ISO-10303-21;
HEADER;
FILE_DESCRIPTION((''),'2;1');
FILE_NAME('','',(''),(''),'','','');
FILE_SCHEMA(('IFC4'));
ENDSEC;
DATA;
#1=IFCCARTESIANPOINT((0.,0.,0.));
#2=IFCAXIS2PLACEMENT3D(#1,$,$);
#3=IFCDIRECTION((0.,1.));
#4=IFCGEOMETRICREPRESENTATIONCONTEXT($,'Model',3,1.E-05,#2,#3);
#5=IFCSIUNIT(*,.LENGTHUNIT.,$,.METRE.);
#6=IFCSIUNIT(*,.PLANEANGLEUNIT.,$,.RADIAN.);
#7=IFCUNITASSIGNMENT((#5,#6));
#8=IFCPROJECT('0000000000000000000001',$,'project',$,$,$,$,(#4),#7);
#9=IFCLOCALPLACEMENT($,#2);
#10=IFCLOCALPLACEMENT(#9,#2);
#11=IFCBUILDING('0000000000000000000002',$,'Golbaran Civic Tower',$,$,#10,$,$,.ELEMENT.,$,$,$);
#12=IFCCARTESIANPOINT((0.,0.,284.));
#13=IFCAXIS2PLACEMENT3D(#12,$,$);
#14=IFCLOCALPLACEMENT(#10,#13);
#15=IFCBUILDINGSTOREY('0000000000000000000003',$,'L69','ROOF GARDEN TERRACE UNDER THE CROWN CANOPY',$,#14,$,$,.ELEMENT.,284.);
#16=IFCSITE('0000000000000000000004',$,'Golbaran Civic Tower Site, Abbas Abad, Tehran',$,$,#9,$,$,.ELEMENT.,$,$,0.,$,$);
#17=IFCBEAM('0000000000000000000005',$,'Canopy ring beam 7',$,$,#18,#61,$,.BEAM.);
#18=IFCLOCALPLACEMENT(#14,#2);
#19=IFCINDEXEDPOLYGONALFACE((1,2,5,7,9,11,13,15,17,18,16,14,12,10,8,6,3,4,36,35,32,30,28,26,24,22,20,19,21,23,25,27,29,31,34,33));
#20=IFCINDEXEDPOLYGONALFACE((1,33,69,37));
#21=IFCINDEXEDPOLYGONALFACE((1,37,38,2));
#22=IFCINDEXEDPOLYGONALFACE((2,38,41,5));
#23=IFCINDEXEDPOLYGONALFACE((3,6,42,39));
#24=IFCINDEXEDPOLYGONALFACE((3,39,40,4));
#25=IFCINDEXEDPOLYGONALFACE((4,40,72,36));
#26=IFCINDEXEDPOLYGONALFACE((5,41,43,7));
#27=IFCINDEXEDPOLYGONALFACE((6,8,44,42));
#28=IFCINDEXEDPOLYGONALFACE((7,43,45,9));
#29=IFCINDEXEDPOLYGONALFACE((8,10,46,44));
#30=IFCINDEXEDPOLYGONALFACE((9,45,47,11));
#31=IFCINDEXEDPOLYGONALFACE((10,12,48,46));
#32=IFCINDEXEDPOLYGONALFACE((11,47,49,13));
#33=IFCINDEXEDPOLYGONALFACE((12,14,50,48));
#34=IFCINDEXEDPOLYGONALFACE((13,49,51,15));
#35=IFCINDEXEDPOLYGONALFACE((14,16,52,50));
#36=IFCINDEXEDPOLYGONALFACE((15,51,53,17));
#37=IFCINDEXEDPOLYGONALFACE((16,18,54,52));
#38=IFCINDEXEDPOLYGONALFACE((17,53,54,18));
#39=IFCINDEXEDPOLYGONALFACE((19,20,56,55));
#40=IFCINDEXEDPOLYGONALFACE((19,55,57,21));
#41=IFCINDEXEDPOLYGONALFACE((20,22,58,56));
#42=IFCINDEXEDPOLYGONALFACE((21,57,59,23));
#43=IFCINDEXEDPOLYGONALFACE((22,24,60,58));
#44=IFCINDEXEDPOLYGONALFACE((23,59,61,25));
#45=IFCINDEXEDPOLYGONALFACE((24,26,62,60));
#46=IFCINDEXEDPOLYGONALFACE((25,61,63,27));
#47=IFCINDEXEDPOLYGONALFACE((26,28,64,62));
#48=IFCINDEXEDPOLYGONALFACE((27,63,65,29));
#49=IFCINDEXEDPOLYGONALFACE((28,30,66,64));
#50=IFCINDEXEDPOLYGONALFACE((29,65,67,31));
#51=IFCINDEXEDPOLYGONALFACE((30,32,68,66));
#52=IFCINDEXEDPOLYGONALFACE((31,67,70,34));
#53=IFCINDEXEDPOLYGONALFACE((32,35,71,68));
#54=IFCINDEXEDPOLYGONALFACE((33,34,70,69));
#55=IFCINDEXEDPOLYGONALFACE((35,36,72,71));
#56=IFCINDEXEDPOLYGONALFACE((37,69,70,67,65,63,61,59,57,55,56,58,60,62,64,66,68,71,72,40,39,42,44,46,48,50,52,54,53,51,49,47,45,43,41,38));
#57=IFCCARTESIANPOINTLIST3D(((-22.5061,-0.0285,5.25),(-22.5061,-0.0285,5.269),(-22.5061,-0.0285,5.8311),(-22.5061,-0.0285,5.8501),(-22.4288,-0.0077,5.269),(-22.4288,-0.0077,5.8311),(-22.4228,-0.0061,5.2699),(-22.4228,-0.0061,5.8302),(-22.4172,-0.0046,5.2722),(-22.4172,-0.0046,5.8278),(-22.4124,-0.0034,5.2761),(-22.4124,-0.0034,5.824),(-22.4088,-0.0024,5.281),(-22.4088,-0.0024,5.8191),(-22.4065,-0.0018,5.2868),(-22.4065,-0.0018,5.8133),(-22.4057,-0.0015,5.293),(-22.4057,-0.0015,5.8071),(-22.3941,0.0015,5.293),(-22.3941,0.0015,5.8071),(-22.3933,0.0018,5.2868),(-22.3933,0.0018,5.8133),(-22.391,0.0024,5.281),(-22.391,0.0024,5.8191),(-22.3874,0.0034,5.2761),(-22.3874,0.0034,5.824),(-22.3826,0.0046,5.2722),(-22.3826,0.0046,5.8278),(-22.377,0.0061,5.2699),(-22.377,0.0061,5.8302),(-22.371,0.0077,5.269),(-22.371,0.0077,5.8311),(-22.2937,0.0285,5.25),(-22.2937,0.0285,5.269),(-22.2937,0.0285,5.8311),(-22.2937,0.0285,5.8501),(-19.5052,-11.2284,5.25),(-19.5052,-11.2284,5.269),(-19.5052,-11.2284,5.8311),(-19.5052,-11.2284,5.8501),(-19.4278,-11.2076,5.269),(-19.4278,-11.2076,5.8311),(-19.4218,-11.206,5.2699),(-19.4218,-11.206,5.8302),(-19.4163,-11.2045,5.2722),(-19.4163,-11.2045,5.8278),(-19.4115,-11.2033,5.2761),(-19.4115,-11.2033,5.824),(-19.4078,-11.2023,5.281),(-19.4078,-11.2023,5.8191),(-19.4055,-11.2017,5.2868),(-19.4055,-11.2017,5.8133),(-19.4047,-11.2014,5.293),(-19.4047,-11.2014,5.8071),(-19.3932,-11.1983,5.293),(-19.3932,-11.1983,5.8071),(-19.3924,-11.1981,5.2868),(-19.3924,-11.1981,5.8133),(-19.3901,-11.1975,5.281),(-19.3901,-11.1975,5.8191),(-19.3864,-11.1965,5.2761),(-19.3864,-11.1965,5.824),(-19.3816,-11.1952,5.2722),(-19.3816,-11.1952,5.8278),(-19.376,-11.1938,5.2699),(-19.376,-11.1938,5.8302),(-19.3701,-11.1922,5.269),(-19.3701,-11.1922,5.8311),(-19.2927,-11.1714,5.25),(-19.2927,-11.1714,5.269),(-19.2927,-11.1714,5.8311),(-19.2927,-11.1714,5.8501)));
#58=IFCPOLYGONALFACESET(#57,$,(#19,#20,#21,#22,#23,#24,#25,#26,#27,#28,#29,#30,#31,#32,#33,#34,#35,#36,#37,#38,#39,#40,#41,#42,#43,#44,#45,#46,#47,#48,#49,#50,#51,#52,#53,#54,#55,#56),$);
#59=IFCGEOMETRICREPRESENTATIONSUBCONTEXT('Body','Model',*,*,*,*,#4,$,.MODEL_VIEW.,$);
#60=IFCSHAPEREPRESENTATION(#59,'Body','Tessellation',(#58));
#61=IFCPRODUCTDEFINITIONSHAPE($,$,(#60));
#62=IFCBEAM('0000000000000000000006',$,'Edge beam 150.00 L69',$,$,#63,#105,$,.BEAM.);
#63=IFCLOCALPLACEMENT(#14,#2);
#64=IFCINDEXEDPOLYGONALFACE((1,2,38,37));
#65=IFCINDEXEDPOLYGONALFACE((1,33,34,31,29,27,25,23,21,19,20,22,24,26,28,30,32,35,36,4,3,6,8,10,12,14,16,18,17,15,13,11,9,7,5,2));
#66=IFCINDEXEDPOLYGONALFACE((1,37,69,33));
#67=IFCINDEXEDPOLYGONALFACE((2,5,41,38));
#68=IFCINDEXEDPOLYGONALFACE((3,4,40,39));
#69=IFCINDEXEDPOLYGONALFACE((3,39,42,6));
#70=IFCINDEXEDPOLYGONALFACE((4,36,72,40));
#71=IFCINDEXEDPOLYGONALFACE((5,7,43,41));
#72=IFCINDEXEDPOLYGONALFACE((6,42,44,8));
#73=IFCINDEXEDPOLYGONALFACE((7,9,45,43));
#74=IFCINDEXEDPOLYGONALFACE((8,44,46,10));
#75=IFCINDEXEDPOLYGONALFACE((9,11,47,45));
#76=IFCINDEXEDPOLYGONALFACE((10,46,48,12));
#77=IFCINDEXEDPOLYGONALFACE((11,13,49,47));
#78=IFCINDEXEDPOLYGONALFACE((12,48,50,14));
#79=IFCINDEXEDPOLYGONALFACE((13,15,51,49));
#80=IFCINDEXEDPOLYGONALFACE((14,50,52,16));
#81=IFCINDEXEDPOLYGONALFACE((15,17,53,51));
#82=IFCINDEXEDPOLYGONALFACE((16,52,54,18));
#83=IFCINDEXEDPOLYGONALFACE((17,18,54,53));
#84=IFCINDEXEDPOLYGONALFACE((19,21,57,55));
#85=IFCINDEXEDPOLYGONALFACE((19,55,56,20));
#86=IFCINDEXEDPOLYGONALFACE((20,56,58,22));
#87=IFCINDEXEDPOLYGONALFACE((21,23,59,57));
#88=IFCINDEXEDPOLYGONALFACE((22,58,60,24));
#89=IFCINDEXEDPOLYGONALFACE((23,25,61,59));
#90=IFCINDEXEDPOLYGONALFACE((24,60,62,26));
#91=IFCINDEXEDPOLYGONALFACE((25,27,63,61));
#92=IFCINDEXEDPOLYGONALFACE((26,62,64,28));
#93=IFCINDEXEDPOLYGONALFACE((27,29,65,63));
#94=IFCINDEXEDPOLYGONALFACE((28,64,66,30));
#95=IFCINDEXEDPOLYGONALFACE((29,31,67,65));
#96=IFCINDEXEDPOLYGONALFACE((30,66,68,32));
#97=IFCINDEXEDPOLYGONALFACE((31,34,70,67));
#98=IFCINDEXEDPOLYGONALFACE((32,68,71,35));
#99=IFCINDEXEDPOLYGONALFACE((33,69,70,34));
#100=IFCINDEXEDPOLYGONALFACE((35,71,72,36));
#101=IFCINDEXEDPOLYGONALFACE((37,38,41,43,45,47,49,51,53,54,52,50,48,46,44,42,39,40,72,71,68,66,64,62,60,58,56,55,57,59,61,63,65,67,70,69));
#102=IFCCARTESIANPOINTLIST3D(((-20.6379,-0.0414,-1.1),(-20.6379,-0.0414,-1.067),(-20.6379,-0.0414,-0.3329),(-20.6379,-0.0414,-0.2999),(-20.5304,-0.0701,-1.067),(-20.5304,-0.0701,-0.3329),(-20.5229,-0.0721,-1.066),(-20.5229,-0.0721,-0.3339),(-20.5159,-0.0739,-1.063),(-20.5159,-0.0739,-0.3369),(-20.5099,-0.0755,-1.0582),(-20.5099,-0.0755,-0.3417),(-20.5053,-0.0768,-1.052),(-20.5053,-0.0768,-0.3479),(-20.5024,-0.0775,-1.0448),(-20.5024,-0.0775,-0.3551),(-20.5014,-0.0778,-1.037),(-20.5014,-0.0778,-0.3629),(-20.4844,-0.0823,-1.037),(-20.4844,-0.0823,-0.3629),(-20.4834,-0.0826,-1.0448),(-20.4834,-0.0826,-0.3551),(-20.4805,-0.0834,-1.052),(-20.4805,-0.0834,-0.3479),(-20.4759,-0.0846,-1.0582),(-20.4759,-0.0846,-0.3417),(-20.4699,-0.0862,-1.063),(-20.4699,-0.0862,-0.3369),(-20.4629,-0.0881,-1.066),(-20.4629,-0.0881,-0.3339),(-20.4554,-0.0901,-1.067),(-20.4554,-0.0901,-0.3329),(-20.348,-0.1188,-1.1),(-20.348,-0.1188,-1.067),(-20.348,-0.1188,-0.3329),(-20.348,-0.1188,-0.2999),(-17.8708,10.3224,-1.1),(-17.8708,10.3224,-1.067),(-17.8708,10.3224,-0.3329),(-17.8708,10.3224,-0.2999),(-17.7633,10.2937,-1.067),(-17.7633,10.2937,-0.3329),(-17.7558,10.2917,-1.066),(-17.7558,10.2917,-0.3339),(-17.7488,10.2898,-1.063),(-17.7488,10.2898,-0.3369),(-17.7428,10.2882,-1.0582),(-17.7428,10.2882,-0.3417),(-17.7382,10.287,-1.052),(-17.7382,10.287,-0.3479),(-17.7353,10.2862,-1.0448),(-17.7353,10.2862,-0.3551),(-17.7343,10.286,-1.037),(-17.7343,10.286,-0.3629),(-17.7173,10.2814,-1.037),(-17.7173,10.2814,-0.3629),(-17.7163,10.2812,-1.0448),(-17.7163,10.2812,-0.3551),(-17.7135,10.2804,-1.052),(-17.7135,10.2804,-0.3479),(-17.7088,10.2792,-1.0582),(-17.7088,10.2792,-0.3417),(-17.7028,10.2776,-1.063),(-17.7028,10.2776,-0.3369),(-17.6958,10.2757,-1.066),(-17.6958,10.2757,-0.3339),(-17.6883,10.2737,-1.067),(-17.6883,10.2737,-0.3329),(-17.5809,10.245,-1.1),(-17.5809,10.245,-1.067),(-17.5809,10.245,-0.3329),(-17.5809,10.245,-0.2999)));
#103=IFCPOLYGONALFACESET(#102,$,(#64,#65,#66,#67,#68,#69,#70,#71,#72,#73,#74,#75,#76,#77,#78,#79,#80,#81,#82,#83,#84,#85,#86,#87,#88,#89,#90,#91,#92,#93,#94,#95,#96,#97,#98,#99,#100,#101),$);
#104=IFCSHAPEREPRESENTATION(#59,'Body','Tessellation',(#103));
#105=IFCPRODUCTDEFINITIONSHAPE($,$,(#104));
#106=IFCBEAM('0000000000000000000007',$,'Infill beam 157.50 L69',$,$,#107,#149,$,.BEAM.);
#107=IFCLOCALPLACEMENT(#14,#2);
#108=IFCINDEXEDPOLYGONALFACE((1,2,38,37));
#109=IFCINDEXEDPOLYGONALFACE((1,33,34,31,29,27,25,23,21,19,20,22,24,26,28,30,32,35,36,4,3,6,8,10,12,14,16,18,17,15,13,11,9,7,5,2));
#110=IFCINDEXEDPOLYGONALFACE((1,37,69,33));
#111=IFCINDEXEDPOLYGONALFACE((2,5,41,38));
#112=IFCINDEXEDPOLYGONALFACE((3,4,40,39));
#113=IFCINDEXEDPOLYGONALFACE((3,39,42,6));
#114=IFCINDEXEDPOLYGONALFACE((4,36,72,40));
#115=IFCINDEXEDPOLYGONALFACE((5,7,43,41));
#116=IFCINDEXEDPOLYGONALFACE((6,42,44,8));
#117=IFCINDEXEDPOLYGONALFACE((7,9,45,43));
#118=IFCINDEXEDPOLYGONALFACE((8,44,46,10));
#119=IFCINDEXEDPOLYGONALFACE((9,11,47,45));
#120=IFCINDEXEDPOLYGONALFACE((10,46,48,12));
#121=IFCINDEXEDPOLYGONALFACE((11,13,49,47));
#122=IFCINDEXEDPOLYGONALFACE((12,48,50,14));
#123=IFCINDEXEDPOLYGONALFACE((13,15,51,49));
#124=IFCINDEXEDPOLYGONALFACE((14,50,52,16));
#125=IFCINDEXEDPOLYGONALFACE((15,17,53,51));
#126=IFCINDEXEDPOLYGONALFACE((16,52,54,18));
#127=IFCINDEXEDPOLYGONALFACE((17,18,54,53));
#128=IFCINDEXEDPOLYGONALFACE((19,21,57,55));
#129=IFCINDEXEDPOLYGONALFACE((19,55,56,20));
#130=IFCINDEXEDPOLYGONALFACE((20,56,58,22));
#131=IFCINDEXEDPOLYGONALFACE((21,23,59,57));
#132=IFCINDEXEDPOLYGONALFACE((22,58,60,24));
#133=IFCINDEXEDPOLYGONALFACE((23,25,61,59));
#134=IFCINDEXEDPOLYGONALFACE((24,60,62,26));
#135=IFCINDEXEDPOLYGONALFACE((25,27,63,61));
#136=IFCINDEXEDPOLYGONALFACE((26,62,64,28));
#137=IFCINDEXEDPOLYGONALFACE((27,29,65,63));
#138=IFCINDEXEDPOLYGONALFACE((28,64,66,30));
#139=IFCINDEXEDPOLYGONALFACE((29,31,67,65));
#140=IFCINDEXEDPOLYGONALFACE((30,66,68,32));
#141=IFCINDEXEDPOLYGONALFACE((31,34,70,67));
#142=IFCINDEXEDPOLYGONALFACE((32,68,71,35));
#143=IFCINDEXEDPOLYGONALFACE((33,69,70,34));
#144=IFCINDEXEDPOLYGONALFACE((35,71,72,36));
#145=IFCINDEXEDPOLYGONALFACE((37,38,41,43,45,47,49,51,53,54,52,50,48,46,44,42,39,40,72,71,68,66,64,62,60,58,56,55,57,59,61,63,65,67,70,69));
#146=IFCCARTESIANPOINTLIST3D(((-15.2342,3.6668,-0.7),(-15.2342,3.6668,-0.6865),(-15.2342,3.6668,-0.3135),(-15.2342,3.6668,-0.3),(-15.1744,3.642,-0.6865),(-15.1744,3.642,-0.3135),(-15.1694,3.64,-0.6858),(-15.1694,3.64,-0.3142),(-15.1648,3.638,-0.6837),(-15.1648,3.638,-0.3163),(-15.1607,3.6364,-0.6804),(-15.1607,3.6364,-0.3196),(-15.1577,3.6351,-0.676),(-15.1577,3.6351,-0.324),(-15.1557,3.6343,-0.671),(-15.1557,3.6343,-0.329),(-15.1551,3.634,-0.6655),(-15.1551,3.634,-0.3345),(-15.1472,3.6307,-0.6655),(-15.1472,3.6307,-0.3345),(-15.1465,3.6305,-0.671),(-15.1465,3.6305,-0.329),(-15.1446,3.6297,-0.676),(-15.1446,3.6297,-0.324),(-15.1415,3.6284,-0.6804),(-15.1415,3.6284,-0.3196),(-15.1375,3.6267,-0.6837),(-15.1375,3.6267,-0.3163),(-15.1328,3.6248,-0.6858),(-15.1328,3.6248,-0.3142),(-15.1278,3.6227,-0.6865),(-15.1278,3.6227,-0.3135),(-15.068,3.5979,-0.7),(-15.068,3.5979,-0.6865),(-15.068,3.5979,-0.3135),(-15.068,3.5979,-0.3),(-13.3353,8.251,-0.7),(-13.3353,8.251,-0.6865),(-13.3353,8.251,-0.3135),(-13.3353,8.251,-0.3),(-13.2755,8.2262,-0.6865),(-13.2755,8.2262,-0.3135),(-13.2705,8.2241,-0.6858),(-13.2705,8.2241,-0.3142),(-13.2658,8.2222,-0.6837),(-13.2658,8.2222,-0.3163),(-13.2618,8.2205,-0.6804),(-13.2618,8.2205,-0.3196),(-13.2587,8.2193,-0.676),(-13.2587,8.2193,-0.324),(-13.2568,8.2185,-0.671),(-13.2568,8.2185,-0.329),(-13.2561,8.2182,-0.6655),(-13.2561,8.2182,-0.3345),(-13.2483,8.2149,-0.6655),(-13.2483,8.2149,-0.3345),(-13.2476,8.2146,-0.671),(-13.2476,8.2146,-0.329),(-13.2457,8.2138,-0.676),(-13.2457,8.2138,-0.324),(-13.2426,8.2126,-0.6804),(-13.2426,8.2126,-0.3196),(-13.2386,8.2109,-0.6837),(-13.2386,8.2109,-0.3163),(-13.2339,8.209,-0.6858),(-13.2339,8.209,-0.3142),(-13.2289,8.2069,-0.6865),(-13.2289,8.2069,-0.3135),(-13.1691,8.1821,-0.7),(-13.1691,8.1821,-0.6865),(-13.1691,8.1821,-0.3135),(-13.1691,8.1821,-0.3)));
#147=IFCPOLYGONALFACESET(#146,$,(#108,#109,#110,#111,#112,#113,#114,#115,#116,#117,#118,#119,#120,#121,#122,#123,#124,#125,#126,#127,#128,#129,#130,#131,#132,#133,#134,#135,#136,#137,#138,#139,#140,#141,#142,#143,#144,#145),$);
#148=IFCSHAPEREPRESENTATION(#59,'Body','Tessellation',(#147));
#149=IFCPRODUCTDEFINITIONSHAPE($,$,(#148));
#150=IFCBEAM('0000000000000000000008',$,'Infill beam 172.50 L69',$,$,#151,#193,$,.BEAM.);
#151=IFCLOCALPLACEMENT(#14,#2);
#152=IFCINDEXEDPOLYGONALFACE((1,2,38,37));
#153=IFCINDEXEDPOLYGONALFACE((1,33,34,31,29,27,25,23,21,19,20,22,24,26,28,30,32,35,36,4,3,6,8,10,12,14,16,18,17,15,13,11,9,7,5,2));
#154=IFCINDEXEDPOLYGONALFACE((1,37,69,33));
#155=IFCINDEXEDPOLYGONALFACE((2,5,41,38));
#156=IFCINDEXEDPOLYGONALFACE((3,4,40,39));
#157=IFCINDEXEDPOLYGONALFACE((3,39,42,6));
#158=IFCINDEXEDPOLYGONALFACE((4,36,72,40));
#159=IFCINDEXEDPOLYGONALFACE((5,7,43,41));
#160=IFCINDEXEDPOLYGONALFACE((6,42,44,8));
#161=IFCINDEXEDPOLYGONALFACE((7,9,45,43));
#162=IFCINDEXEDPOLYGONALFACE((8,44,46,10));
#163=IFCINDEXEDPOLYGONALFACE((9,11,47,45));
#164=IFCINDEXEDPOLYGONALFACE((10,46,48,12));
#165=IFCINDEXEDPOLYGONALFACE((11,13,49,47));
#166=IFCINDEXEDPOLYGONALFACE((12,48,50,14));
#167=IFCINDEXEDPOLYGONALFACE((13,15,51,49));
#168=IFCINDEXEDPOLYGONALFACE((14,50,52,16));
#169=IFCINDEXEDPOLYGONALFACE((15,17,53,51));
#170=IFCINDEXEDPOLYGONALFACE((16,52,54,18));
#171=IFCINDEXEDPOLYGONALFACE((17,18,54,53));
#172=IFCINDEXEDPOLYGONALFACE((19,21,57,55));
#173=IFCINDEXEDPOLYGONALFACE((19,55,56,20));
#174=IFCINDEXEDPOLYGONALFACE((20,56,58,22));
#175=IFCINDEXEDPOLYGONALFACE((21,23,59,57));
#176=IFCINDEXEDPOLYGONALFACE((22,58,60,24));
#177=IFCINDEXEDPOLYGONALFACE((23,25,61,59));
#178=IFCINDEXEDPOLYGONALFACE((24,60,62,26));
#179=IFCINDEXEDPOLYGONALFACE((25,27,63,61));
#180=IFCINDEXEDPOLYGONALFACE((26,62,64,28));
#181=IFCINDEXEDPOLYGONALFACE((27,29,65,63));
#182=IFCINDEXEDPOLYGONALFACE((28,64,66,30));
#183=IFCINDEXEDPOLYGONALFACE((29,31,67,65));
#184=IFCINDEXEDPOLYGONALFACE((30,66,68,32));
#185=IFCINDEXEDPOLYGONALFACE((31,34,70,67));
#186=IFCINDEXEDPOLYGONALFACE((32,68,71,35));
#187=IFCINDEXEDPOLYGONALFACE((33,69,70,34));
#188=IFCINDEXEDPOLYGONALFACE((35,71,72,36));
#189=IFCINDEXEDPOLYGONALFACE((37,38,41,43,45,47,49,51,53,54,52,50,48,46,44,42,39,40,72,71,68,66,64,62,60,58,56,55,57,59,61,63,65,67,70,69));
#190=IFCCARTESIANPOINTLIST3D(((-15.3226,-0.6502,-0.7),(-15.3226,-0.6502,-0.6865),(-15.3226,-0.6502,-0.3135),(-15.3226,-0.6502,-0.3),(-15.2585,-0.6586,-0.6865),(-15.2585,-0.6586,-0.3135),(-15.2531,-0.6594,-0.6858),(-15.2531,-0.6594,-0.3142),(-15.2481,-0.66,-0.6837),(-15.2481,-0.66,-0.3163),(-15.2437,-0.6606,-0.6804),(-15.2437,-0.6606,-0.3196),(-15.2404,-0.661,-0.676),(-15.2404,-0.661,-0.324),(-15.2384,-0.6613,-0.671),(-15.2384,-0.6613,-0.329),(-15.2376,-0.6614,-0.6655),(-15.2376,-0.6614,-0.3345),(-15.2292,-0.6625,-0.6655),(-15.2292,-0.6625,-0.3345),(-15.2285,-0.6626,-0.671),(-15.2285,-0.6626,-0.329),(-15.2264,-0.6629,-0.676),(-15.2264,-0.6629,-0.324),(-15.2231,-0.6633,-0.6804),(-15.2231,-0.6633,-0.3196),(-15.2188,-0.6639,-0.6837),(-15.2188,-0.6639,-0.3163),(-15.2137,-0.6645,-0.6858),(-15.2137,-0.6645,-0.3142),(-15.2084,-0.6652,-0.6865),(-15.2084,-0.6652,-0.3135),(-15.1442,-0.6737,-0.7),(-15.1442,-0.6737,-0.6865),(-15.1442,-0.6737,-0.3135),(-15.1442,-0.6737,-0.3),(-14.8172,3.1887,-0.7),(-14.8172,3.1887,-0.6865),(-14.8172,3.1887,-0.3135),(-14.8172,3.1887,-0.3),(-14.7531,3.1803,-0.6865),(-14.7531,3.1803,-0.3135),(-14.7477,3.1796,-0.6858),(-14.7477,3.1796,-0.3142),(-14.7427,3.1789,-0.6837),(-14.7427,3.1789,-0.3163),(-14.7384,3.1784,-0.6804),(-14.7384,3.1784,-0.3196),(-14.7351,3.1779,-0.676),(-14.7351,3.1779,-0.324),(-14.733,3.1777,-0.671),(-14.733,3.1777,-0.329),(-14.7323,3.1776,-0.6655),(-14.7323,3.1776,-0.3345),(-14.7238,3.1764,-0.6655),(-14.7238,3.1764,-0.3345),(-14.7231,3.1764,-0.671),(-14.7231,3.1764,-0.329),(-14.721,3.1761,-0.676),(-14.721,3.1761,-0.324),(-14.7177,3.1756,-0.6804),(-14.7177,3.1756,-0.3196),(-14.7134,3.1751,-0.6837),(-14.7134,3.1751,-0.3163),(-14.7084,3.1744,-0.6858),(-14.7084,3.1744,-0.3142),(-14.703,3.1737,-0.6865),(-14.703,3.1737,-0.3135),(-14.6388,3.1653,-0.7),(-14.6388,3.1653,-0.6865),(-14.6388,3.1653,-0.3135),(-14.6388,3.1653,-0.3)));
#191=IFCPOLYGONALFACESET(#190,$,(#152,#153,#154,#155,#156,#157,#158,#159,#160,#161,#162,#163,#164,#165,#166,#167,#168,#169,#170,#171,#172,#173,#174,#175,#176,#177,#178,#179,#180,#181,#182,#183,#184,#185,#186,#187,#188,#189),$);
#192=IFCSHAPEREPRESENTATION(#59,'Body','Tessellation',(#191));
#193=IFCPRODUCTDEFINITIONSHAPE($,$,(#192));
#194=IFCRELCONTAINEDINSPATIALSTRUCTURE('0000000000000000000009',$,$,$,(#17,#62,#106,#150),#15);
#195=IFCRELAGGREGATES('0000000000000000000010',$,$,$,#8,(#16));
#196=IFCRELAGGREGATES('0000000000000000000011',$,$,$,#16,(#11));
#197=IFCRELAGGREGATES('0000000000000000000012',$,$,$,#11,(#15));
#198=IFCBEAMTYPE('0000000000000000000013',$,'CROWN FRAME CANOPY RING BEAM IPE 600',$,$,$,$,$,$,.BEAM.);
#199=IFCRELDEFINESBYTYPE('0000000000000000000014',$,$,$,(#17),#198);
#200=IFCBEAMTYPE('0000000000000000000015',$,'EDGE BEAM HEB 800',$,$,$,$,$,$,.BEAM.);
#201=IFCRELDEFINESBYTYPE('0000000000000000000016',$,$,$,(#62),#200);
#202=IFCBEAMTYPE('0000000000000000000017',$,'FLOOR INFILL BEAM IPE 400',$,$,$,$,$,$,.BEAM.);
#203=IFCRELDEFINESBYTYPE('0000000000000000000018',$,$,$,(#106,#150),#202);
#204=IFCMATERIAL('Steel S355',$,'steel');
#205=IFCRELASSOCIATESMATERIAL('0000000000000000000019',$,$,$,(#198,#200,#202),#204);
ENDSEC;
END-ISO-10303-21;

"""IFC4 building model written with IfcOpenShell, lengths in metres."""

from ifc_helpers import new_model, si_unit, direction, frame, origin, origin_2d, place, context, subcontext, project, spatial, i_section, extrude, material, material_profile, profile_set, type_object, element, save


model = new_model("IFC4")

# Units and contexts
model_context = context("Model", 3, precision=1e-05, world=origin(), true_north=direction((0.0, 1.0)))
body_context = subcontext(model_context, "Body", "Model", "MODEL_VIEW")
ifc_project = project(units=[si_unit("LENGTHUNIT", "METRE"), si_unit("PLANEANGLEUNIT", "RADIAN")], contexts=[model_context])

# Site, building, storey
site_placement = place(None, origin())
site = spatial("IfcSite", under=ifc_project, at=site_placement, Name="Golbaran Civic Tower Site, Abbas Abad, Tehran", CompositionType="ELEMENT", RefElevation=0.0)
building_placement = place(site_placement, origin())
building = spatial("IfcBuilding", under=site, at=building_placement, Name="Golbaran Civic Tower", CompositionType="ELEMENT")
storey_placement = place(building_placement, frame((0.0, 0.0, 284.0)))
storey = spatial("IfcBuildingStorey", under=building, at=storey_placement, Name="L69", Description="ROOF GARDEN TERRACE UNDER THE CROWN CANOPY", CompositionType="ELEMENT", Elevation=284.0)

# Shared definitions
ifc_material_1 = material(Name="Steel S355", Category="steel")

# Beams
ifc_material_profile_1 = material_profile(ifc_material_1, i_section(OverallWidth=0.22, OverallDepth=0.6001, WebThickness=0.012, FlangeThickness=0.019, FilletRadius=0.0239, at=origin_2d()), Name="IPE 600")
ifc_profile_set_1 = profile_set([ifc_material_profile_1], Name="Steel S355")
beam_type_1 = type_object("IfcBeamType", Name="CROWN FRAME CANOPY RING BEAM IPE 600", PredefinedType="BEAM", material=ifc_profile_set_1)
beam_1_placement = place(storey_placement, frame((-22.3999, 0.0, 5.55), z_axis=(0.258816, -0.965927, 0.0), x_axis=(0.965927, 0.258816, 0.0)))
element("IfcBeam", 1, at=beam_1_placement, inside=storey, type_object=beam_type_1, Name="Canopy ring beam 7", PredefinedType="BEAM", context=body_context, shape_type="SweptSolid", body=[
    extrude(i_section(OverallWidth=0.22, OverallDepth=0.6001, WebThickness=0.012, FlangeThickness=0.019, FilletRadius=0.0239, at=origin_2d()), origin(), (0.0, 0.0, 1.0), 11.595),
])
ifc_material_profile_2 = material_profile(ifc_material_1, i_section(OverallWidth=0.3, OverallDepth=0.8, WebThickness=0.0176, FlangeThickness=0.033, FilletRadius=0.03, at=origin_2d()), Name="HEB 800")
ifc_profile_set_2 = profile_set([ifc_material_profile_2], Name="Steel S355")
beam_type_2 = type_object("IfcBeamType", Name="EDGE BEAM HEB 800", PredefinedType="BEAM", material=ifc_profile_set_2)
beam_2_placement = place(storey_placement, frame((-17.7258, 10.2837, -0.7), z_axis=(-0.25796, -0.966156, 0.0), x_axis=(0.966156, -0.25796, 0.0)))
element("IfcBeam", 2, at=beam_2_placement, inside=storey, type_object=beam_type_2, Name="Edge beam 150.00 L69", PredefinedType="BEAM", context=body_context, shape_type="SweptSolid", body=[
    extrude(i_section(OverallWidth=0.3, OverallDepth=0.8, WebThickness=0.0176, FlangeThickness=0.033, FilletRadius=0.03, at=origin_2d()), origin(), (0.0, 0.0, 1.0), 10.7268),
])
ifc_material_profile_3 = material_profile(ifc_material_1, i_section(OverallWidth=0.1799, OverallDepth=0.3999, WebThickness=0.0085, FlangeThickness=0.0134, FilletRadius=0.021, at=origin_2d()), Name="IPE 400")
ifc_profile_set_3 = profile_set([ifc_material_profile_3], Name="Steel S355")
beam_type_3 = type_object("IfcBeamType", Name="FLOOR INFILL BEAM IPE 400", PredefinedType="BEAM", material=ifc_profile_set_3)
beam_3_placement = place(storey_placement, frame((-13.2522, 8.2166, -0.5), z_axis=(-0.382697, -0.923874, 0.0), x_axis=(0.923874, -0.382697, 0.0)))
element("IfcBeam", 3, at=beam_3_placement, inside=storey, type_object=beam_type_3, Name="Infill beam 157.50 L69", PredefinedType="BEAM", context=body_context, shape_type="SweptSolid", body=[
    extrude(i_section(OverallWidth=0.1799, OverallDepth=0.3999, WebThickness=0.0085, FlangeThickness=0.0134, FilletRadius=0.021, at=origin_2d()), origin(), (0.0, 0.0, 1.0), 4.9619),
])
beam_4_placement = place(storey_placement, frame((-14.728, 3.177, -0.5), z_axis=(-0.13052, -0.991446, 0.0), x_axis=(0.991446, -0.13052, 0.0)))
element("IfcBeam", 4, at=beam_4_placement, inside=storey, type_object=beam_type_3, Name="Infill beam 172.50 L69", PredefinedType="BEAM", context=body_context, shape_type="SweptSolid", body=[
    extrude(i_section(OverallWidth=0.1799, OverallDepth=0.3999, WebThickness=0.0085, FlangeThickness=0.0134, FilletRadius=0.021, at=origin_2d()), origin(), (0.0, 0.0, 1.0), 3.8721),
])

save(model, "model.ifc")
